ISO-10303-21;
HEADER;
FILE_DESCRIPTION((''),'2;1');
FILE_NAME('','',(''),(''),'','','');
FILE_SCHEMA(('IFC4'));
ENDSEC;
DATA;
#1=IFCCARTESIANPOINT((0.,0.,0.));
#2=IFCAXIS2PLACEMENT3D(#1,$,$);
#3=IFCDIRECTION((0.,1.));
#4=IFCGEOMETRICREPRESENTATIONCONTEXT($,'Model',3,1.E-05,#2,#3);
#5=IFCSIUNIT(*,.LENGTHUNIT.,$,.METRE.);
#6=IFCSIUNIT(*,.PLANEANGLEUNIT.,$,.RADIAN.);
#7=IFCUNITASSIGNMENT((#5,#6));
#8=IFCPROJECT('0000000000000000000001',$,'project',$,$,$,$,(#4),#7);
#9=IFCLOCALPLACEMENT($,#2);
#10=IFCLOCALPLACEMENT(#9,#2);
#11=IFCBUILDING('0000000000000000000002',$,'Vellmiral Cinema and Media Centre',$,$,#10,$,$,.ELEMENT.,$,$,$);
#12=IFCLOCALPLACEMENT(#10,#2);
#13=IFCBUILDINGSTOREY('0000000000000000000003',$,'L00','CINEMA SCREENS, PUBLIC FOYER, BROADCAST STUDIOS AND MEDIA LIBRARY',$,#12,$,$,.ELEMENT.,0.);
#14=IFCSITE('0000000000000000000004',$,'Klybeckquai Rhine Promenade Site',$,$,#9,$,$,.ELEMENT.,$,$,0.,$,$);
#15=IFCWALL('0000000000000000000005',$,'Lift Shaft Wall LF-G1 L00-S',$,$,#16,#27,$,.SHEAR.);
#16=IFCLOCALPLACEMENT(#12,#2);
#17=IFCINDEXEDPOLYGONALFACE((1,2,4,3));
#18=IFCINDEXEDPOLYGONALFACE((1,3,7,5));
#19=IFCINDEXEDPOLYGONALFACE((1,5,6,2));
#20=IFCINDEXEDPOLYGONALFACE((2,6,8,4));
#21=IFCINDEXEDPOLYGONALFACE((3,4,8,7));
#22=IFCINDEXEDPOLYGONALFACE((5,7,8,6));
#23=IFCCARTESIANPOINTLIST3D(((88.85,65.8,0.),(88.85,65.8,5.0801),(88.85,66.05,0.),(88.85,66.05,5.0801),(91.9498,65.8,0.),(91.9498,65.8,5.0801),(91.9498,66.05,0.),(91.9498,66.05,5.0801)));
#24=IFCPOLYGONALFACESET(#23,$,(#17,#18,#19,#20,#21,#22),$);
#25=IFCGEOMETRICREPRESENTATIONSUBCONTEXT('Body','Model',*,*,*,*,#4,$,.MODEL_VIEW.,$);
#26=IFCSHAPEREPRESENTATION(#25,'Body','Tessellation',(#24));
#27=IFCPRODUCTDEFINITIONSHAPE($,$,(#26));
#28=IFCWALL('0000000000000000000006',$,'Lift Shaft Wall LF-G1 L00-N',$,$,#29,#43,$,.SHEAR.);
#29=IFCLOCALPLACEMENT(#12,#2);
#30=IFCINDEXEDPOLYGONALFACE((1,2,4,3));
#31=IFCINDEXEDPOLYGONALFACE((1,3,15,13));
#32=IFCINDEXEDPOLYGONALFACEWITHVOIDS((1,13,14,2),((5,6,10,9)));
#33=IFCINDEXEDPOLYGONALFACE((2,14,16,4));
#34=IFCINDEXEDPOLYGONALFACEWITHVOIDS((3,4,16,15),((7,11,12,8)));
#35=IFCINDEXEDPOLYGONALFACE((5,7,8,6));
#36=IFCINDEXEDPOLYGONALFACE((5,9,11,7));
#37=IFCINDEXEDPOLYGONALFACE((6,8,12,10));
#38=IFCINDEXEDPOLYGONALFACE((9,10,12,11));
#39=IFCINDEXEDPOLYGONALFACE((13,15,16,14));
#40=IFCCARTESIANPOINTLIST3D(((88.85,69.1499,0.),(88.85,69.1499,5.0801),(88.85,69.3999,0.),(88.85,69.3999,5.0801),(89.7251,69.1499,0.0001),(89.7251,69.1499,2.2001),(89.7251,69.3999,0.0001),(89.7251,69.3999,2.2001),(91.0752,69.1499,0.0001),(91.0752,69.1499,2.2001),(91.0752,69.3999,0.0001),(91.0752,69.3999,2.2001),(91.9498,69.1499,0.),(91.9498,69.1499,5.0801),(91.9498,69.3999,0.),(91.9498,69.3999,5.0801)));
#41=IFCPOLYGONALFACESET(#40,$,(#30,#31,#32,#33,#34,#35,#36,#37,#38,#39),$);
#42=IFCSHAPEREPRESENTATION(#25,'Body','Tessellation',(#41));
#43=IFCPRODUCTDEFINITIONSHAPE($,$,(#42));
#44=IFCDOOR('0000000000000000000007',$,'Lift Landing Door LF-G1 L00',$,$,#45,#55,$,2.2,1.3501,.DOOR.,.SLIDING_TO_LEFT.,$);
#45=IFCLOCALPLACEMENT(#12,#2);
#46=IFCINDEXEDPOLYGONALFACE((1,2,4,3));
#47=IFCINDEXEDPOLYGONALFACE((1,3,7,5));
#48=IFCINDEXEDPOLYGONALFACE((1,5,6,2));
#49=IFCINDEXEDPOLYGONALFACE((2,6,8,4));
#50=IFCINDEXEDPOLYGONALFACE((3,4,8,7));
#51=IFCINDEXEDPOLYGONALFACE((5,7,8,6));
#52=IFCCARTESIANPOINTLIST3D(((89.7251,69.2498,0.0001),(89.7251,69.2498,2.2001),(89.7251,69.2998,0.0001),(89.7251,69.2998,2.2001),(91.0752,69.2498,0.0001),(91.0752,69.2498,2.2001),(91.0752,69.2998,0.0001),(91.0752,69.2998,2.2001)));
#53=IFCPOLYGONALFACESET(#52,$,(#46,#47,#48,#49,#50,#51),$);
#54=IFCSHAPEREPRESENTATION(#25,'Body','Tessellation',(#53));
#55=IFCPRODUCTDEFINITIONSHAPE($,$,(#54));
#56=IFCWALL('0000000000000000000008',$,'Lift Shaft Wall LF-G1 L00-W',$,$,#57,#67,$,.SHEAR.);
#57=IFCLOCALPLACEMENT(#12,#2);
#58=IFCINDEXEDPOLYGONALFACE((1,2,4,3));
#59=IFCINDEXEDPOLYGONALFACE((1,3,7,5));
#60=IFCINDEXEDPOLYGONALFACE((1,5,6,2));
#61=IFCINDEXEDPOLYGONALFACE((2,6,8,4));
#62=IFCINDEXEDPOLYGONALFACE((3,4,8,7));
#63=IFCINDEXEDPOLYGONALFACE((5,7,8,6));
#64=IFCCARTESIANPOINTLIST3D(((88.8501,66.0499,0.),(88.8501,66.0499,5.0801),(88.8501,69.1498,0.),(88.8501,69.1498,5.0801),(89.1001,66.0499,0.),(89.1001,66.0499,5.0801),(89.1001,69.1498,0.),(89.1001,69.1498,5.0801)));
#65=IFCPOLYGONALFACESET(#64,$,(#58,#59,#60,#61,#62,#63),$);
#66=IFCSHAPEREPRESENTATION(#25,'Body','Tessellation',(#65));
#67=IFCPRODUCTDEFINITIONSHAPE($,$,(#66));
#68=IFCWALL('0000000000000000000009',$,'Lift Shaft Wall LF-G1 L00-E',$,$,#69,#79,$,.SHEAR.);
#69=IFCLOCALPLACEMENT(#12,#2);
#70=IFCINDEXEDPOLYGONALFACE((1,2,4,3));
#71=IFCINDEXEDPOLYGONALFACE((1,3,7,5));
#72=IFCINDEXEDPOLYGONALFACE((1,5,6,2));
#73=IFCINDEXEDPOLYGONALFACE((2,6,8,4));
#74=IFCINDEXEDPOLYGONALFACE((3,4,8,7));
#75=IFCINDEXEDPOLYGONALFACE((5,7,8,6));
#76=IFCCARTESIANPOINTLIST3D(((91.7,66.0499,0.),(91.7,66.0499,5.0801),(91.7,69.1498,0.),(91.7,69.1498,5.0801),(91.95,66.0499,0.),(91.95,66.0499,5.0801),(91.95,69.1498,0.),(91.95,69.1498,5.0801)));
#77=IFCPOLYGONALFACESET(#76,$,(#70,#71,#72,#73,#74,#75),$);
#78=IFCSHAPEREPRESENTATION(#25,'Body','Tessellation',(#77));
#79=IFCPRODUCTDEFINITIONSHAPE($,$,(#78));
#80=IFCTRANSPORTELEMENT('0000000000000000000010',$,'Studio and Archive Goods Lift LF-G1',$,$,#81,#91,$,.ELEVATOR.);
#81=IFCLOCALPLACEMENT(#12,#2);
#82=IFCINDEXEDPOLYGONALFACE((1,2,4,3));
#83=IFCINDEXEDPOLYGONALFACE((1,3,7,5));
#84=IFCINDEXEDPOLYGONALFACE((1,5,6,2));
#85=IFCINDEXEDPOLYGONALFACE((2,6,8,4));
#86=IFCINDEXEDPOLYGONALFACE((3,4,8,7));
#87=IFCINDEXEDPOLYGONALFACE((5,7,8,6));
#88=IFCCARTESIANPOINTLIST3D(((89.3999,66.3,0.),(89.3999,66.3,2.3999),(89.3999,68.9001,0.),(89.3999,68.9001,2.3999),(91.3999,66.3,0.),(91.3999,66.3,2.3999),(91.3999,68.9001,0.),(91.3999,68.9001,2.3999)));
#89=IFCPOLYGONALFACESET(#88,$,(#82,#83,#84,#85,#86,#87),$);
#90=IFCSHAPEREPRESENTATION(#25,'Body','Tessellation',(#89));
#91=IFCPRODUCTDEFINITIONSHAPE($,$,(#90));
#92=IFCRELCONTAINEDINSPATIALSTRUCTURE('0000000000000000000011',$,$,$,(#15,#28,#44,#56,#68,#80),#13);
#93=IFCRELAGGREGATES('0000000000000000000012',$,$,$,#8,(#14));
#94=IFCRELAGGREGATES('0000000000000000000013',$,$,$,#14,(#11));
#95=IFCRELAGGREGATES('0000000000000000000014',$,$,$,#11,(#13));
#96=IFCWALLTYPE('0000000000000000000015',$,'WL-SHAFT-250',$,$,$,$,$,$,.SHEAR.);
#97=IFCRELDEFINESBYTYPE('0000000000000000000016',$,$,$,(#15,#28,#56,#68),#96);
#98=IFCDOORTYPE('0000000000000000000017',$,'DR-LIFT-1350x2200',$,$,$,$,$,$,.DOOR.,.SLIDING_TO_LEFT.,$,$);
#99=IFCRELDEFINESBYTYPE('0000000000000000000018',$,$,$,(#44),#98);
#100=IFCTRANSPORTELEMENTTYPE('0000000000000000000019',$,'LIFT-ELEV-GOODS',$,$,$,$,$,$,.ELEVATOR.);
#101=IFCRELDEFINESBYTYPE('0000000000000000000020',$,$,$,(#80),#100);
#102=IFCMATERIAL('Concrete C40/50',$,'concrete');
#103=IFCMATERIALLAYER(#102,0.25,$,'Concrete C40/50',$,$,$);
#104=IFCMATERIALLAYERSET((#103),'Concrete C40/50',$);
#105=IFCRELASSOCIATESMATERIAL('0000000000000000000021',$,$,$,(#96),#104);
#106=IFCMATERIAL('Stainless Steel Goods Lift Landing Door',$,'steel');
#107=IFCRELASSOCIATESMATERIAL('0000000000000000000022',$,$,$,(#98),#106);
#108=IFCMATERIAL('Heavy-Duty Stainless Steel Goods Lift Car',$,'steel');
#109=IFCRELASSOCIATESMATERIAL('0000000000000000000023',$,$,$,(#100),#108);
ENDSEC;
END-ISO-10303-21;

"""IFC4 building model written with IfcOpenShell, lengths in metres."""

from ifc_helpers import new_model, si_unit, direction, frame, frame_2d, origin, origin_2d, place, context, subcontext, project, spatial, rectangle, extrude, material, layer, layer_set, type_object, element, fill, save


model = new_model("IFC4")

# Units and contexts
model_context = context("Model", 3, precision=1e-05, world=origin(), true_north=direction((0.0, 1.0)))
body_context = subcontext(model_context, "Body", "Model", "MODEL_VIEW")
ifc_project = project(units=[si_unit("LENGTHUNIT", "METRE"), si_unit("PLANEANGLEUNIT", "RADIAN")], contexts=[model_context])

# Site, building, storey
site_placement = place(None, origin())
site = spatial("IfcSite", under=ifc_project, at=site_placement, Name="Klybeckquai Rhine Promenade Site", CompositionType="ELEMENT", RefElevation=0.0)
building_placement = place(site_placement, origin())
building = spatial("IfcBuilding", under=site, at=building_placement, Name="Vellmiral Cinema and Media Centre", CompositionType="ELEMENT")
storey_placement = place(building_placement, origin())
storey = spatial("IfcBuildingStorey", under=building, at=storey_placement, Name="L00", Description="CINEMA SCREENS, PUBLIC FOYER, BROADCAST STUDIOS AND MEDIA LIBRARY", CompositionType="ELEMENT", Elevation=0.0)

# Wall
ifc_material_1 = material(Name="Concrete C40/50", Category="concrete")
ifc_layer_1 = layer(ifc_material_1, 0.25, Name="Concrete C40/50")
ifc_layer_set_1 = layer_set([ifc_layer_1], Name="Concrete C40/50")
wall_type_1 = type_object("IfcWallType", Name="WL-SHAFT-250", PredefinedType="SHEAR", material=ifc_layer_set_1)
wall_1_placement = place(storey_placement, frame((88.8501, 65.925, 0.0), z_axis=(0.0, 0.0, 1.0), x_axis=(1.0, 0.0, 0.0)))
element("IfcWall", 1, at=wall_1_placement, inside=storey, type_object=wall_type_1, Name="Lift Shaft Wall LF-G1 L00-S", PredefinedType="SHEAR", context=body_context, shape_type="SweptSolid", body=[
    extrude(rectangle(XDim=3.0999, YDim=0.25, at=frame_2d((1.5498, 0.0))), origin(), (0.0, 0.0, 1.0), 5.0801),
])

# Wall, opening, door
wall_2_placement = place(storey_placement, frame((88.8501, 69.2749, 0.0), z_axis=(0.0, 0.0, 1.0), x_axis=(1.0, 0.0, 0.0)))
wall_2 = element("IfcWall", 2, at=wall_2_placement, inside=storey, type_object=wall_type_1, Name="Lift Shaft Wall LF-G1 L00-N", PredefinedType="SHEAR", context=body_context, shape_type="SweptSolid", body=[
    extrude(rectangle(XDim=3.0999, YDim=0.25, at=frame_2d((1.5498, 0.0))), origin(), (0.0, 0.0, 1.0), 5.0801),
])
opening_placement = place(wall_2_placement, frame((0.875, 0.0, 0.0)))
opening = element("IfcOpeningElement", 3, at=opening_placement, cuts=wall_2, PredefinedType="OPENING", context=body_context, shape_type="SweptSolid", body=[
    extrude(rectangle(XDim=1.3501, YDim=2.2, at=frame_2d((0.675, 1.1001))), frame((0.0, 0.137, 0.0), z_axis=(0.0, -1.0, 0.0), x_axis=(1.0, 0.0, 0.0)), (0.0, 0.0, 1.0), 0.2739),
])
ifc_material_2 = material(Name="Stainless Steel Goods Lift Landing Door", Category="steel")
door_type = type_object("IfcDoorType", Name="DR-LIFT-1350x2200", OperationType="SLIDING_TO_LEFT", PredefinedType="DOOR", material=ifc_material_2)
door_placement = place(opening_placement, origin())
door = element("IfcDoor", 4, at=door_placement, inside=storey, type_object=door_type, Name="Lift Landing Door LF-G1 L00", OperationType="SLIDING_TO_LEFT", OverallHeight=2.2, OverallWidth=1.3501, PredefinedType="DOOR", context=body_context, shape_type="SweptSolid", body=[
    extrude(rectangle(XDim=1.3501, YDim=2.2, at=frame_2d((0.675, 1.1001))), frame((0.0, 0.0249, 0.0), z_axis=(0.0, -1.0, 0.0), x_axis=(1.0, 0.0, 0.0)), (0.0, 0.0, 1.0), 0.05),
])
fill(opening, door)

# Walls
for number, where, z_axis, x_axis, name in (
    (5, (88.9751, 66.05, 0.0), (0.0, 0.0, 1.0), (0.0, 1.0, 0.0), "Lift Shaft Wall LF-G1 L00-W"),
    (6, (91.825, 66.05, 0.0), (0.0, 0.0, 1.0), (0.0, 1.0, 0.0), "Lift Shaft Wall LF-G1 L00-E"),
):
    element("IfcWall", number, at=place(storey_placement, frame(where, z_axis=z_axis, x_axis=x_axis)), inside=storey, type_object=wall_type_1, Name=name, PredefinedType="SHEAR", context=body_context, shape_type="SweptSolid", body=[
        extrude(rectangle(XDim=3.0999, YDim=0.25, at=frame_2d((1.5498, 0.0))), origin(), (0.0, 0.0, 1.0), 5.0801),
    ])

# Transport element
ifc_material_3 = material(Name="Heavy-Duty Stainless Steel Goods Lift Car", Category="steel")
transport_element_type = type_object("IfcTransportElementType", Name="LIFT-ELEV-GOODS", PredefinedType="ELEVATOR", material=ifc_material_3)
transport_element_placement = place(storey_placement, frame((90.3999, 67.6001, 0.0), z_axis=(0.0, 0.0, 1.0), x_axis=(1.0, 0.0, 0.0)))
element("IfcTransportElement", 7, at=transport_element_placement, inside=storey, type_object=transport_element_type, Name="Studio and Archive Goods Lift LF-G1", PredefinedType="ELEVATOR", context=body_context, shape_type="SweptSolid", body=[
    extrude(rectangle(XDim=2.0, YDim=2.6001, at=origin_2d()), origin(), (0.0, 0.0, 1.0), 2.3999),
])

save(model, "model.ifc")
